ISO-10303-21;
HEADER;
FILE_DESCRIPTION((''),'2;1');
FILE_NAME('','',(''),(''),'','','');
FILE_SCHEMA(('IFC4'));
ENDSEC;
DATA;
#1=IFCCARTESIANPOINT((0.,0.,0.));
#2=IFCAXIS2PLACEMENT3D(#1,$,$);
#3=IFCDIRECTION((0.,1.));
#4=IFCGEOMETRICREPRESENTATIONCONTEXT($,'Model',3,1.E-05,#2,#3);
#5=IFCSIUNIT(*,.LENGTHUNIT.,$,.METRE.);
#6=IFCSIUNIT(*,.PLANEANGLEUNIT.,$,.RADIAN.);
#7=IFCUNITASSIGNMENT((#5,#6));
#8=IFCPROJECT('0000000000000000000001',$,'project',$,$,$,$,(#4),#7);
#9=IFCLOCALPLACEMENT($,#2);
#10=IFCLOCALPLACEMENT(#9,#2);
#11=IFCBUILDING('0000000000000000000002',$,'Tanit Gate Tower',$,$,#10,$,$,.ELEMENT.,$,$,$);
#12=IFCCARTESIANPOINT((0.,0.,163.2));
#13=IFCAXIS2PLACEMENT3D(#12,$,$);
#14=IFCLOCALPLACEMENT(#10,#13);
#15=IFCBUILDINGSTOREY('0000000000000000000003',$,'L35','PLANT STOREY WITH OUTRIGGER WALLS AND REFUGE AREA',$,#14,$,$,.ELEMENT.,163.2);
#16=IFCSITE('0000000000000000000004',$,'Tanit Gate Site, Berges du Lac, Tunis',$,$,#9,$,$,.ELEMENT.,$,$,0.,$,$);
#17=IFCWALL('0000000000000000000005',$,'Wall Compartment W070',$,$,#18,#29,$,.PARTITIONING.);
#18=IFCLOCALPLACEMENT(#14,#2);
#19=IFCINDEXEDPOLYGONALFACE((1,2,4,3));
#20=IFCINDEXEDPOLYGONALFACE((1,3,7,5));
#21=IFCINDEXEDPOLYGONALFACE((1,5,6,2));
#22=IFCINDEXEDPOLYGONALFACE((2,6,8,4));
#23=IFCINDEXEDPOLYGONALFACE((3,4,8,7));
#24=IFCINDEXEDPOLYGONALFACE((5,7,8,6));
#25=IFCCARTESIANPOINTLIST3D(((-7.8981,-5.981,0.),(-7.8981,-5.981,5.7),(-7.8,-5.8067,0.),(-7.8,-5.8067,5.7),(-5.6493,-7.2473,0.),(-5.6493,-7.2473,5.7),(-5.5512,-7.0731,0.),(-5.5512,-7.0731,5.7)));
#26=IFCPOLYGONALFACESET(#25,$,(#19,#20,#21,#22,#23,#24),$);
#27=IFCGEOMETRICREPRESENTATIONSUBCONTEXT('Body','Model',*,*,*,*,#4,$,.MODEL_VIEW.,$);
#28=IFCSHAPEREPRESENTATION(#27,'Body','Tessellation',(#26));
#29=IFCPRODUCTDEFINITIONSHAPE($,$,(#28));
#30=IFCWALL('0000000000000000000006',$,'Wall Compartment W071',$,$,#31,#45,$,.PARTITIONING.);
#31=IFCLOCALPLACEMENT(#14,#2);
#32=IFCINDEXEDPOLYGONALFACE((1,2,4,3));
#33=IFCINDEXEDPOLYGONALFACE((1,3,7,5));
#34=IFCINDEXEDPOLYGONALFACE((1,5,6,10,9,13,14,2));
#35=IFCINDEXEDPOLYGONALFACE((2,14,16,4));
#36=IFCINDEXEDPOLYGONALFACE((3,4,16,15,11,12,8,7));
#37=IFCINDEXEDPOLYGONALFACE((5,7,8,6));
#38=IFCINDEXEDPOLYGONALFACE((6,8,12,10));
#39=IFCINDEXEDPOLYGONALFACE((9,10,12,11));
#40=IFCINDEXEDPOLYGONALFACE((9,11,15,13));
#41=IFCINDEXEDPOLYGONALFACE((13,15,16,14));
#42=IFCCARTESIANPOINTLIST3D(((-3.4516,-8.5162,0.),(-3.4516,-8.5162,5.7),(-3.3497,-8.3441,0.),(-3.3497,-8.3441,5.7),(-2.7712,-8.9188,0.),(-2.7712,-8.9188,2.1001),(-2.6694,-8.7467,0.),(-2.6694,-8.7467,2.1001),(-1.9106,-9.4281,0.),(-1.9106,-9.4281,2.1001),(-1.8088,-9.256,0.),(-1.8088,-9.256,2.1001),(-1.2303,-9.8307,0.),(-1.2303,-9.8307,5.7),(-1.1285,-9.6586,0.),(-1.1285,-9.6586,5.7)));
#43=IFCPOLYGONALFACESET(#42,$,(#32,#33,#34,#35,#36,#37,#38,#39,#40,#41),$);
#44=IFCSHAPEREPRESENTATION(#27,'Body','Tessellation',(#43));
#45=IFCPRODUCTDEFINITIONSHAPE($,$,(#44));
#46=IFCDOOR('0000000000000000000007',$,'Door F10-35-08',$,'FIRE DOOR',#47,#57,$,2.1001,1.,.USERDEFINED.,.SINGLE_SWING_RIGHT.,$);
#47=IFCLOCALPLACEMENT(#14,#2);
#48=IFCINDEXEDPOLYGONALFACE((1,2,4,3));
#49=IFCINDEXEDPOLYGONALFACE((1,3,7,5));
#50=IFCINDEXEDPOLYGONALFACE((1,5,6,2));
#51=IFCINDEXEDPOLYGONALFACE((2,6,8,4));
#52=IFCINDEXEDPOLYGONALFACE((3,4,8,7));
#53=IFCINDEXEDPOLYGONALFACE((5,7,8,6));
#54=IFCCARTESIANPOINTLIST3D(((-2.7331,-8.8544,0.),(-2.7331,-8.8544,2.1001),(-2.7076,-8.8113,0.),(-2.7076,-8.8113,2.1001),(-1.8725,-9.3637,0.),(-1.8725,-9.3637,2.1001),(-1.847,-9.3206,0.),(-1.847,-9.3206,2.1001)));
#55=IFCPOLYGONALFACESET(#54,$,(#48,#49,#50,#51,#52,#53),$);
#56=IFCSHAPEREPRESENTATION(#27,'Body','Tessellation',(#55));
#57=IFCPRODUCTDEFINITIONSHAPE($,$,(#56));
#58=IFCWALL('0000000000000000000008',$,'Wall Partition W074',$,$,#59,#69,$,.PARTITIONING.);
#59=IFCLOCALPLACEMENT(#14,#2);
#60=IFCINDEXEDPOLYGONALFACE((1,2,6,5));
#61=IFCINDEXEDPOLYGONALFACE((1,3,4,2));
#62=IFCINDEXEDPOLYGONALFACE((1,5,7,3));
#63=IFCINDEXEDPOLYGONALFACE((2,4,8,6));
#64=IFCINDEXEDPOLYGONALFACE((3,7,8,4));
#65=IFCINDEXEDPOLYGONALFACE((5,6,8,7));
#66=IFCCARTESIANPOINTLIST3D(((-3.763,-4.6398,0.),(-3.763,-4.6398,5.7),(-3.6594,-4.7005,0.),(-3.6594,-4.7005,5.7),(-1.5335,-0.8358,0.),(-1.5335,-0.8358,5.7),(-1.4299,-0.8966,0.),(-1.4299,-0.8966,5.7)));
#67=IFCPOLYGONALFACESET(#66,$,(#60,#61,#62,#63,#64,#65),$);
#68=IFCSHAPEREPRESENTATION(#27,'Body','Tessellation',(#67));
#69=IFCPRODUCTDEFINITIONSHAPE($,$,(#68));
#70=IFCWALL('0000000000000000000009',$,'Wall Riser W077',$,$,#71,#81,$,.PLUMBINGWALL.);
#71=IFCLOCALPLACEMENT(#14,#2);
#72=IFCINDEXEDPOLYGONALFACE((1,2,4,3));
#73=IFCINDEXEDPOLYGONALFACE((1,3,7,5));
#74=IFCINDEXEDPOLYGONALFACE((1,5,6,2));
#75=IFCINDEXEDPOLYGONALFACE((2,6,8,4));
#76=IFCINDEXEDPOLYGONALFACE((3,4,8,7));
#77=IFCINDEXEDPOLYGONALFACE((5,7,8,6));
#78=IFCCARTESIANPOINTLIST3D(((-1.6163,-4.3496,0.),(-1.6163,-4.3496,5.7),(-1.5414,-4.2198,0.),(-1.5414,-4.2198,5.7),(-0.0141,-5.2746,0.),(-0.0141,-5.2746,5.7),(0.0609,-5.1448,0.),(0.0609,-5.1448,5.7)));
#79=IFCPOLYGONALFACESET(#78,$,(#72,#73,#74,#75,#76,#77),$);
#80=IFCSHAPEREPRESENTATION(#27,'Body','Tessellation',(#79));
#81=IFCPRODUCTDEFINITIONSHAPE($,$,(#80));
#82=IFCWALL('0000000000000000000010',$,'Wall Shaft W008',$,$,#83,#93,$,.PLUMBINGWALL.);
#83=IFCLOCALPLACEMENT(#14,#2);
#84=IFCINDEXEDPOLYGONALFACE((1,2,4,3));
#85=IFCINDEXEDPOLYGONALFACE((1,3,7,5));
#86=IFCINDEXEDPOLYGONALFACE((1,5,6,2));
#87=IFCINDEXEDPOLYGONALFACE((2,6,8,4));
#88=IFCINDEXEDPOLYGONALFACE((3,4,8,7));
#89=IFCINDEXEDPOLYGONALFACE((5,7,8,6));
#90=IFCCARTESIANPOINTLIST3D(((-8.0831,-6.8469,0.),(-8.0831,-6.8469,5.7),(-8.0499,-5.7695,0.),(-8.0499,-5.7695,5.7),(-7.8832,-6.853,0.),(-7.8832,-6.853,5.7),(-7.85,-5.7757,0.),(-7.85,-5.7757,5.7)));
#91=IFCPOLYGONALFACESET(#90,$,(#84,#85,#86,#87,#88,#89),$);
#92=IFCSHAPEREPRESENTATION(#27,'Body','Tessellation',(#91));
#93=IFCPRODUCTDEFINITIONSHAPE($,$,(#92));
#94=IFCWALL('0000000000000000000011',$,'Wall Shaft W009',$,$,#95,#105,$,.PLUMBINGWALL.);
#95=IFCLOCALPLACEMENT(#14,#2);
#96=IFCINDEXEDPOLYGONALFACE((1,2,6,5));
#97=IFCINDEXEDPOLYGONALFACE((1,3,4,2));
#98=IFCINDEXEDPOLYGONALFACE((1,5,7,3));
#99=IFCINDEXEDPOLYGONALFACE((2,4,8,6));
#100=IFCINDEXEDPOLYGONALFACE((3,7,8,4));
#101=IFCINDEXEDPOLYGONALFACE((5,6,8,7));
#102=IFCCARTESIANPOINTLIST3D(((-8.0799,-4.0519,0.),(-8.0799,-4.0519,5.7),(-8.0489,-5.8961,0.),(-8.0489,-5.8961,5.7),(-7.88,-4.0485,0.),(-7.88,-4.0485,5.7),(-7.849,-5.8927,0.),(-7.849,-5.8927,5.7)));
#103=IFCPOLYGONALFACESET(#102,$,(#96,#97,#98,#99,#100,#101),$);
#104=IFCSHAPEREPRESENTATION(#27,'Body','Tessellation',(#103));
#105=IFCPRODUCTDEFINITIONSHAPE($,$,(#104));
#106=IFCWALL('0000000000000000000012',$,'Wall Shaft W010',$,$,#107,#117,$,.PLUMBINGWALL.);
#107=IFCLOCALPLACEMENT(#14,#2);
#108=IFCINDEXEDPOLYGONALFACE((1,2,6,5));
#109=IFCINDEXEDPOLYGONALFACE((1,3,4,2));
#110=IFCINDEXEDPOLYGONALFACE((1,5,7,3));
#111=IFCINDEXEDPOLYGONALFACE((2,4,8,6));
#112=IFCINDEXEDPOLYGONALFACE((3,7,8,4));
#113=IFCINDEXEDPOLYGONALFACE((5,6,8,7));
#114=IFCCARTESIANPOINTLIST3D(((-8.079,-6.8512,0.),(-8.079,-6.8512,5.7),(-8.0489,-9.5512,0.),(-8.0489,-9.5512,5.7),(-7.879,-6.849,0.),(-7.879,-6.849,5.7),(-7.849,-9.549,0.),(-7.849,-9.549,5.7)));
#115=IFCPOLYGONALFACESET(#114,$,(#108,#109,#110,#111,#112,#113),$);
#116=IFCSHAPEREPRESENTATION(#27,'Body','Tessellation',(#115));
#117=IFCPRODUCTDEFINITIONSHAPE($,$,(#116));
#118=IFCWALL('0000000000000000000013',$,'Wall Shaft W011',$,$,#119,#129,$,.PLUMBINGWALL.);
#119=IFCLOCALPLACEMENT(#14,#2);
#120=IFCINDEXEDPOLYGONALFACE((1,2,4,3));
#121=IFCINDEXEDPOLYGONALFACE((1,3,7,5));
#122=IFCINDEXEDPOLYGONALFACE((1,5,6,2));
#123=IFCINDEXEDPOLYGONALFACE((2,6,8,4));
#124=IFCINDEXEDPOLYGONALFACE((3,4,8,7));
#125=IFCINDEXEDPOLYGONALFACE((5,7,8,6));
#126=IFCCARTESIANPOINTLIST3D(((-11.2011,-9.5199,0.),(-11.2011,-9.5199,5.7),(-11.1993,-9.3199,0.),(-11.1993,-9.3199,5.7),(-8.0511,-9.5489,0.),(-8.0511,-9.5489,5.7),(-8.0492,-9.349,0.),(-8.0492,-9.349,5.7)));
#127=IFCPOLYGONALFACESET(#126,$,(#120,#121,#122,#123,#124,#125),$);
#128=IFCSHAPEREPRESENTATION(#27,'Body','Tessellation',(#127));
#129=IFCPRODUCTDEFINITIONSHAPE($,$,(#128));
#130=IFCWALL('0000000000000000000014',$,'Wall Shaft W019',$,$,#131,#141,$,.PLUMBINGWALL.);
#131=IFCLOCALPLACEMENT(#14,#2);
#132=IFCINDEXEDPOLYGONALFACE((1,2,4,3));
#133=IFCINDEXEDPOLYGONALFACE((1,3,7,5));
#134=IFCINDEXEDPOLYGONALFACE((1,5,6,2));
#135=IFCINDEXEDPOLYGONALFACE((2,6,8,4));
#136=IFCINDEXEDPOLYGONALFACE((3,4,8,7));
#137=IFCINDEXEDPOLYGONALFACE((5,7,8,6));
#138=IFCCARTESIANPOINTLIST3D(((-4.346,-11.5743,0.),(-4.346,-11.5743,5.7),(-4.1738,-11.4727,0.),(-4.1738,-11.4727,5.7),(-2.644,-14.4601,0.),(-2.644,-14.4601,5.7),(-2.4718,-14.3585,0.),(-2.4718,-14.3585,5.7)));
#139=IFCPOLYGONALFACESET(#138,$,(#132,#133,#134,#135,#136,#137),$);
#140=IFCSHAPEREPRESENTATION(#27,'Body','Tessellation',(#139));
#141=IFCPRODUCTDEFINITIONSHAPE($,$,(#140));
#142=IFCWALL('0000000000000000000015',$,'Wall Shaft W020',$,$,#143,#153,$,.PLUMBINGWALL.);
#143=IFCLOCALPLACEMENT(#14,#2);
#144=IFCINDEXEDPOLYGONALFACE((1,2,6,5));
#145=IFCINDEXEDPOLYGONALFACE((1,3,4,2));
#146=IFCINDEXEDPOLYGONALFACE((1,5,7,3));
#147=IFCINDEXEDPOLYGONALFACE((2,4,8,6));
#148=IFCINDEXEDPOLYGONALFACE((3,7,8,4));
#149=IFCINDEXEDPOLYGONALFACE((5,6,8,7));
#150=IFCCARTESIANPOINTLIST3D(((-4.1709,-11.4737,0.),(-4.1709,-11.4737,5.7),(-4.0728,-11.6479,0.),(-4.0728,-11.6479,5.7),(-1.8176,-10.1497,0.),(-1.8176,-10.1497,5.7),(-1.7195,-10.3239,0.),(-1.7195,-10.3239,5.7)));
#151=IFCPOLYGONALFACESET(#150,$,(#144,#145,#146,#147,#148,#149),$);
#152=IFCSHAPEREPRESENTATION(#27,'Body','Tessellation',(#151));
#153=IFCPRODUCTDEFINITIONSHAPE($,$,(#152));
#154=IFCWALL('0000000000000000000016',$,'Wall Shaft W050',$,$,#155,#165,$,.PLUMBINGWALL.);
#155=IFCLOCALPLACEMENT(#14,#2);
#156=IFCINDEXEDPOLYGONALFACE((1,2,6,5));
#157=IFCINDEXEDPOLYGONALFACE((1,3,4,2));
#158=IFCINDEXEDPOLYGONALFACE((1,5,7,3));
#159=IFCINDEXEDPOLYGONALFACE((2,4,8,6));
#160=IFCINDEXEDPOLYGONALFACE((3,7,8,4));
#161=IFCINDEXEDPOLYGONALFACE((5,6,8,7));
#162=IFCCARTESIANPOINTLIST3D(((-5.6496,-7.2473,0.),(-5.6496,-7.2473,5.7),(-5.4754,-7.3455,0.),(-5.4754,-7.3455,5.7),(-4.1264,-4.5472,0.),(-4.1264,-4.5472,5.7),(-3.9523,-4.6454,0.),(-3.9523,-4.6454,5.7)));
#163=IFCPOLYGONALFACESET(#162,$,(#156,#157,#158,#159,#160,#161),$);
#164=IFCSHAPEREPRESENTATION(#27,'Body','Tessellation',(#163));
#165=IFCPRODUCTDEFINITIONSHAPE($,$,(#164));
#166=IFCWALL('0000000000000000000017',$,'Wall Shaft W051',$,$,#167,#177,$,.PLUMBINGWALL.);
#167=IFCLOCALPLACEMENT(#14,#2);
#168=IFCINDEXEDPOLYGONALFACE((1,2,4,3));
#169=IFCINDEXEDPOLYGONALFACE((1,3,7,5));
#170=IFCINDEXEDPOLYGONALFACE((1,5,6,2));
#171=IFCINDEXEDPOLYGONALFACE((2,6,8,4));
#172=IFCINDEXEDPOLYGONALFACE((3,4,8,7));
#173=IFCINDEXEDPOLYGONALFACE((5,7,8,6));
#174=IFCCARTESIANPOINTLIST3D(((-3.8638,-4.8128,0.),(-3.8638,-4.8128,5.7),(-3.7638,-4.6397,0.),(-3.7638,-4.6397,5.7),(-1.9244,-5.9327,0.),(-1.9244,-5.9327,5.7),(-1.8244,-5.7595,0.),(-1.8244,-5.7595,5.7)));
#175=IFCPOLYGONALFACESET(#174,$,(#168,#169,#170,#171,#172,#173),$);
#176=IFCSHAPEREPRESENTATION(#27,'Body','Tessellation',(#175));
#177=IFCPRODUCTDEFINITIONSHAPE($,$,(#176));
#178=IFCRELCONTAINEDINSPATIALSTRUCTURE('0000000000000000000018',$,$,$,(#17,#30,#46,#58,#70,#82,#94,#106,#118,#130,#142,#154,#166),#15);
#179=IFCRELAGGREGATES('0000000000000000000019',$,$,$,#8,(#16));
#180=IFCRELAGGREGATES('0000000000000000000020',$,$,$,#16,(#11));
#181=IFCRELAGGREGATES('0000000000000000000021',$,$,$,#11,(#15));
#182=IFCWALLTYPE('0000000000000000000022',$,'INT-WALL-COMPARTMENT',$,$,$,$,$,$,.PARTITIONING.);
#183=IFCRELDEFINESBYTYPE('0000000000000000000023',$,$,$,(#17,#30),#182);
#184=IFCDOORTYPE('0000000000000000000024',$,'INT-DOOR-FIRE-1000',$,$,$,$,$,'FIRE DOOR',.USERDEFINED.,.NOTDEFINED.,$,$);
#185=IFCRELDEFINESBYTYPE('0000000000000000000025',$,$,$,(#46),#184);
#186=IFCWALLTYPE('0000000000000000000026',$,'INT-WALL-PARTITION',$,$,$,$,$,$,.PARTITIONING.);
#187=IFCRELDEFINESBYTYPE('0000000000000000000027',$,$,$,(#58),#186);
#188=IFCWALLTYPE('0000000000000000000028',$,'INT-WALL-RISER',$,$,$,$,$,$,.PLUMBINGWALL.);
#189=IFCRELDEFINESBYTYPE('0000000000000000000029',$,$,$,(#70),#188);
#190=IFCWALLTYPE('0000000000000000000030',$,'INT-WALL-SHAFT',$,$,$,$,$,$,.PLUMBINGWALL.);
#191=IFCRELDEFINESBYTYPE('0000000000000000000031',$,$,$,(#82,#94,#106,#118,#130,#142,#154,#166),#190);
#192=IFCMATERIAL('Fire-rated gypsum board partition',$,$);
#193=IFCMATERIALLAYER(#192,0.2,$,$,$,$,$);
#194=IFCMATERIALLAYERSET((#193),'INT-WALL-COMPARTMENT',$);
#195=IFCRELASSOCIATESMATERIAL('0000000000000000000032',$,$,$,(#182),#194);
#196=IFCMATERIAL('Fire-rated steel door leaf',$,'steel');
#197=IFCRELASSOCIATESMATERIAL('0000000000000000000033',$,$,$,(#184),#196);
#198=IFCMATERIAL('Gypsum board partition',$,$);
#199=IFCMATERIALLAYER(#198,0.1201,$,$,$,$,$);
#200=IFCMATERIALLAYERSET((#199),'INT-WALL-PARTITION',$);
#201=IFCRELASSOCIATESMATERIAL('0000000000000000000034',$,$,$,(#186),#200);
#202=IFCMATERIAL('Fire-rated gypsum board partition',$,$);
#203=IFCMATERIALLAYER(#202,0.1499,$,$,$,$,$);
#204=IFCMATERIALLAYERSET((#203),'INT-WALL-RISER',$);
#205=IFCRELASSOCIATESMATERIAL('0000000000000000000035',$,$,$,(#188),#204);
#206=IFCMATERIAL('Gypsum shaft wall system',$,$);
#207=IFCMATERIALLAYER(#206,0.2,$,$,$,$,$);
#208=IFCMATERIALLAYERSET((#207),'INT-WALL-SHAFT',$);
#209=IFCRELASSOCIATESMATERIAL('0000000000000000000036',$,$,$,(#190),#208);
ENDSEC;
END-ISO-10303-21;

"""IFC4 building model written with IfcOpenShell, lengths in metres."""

from ifc_helpers import new_model, si_unit, direction, frame, frame_2d, origin, place, context, subcontext, project, spatial, rectangle, extrude, material, layer, layer_set, type_object, element, fill, save


model = new_model("IFC4")

# Units and contexts
model_context = context("Model", 3, precision=1e-05, world=origin(), true_north=direction((0.0, 1.0)))
body_context = subcontext(model_context, "Body", "Model", "MODEL_VIEW")
ifc_project = project(units=[si_unit("LENGTHUNIT", "METRE"), si_unit("PLANEANGLEUNIT", "RADIAN")], contexts=[model_context])

# Site, building, storey
site_placement = place(None, origin())
site = spatial("IfcSite", under=ifc_project, at=site_placement, Name="Tanit Gate Site, Berges du Lac, Tunis", CompositionType="ELEMENT", RefElevation=0.0)
building_placement = place(site_placement, origin())
building = spatial("IfcBuilding", under=site, at=building_placement, Name="Tanit Gate Tower", CompositionType="ELEMENT")
storey_placement = place(building_placement, frame((0.0, 0.0, 163.2)))
storey = spatial("IfcBuildingStorey", under=building, at=storey_placement, Name="L35", Description="PLANT STOREY WITH OUTRIGGER WALLS AND REFUGE AREA", CompositionType="ELEMENT", Elevation=163.2)

# Wall
ifc_material_1 = material(Name="Fire-rated gypsum board partition")
ifc_layer_1 = layer(ifc_material_1, 0.2)
ifc_layer_set_1 = layer_set([ifc_layer_1], Name="INT-WALL-COMPARTMENT")
wall_type_1 = type_object("IfcWallType", Name="INT-WALL-COMPARTMENT", PredefinedType="PARTITIONING", material=ifc_layer_set_1)
wall_1_placement = place(storey_placement, frame((-7.8491, -5.8938, 0.0), z_axis=(0.0, 0.0, 1.0), x_axis=(0.87134, -0.490679, 0.0)))
element("IfcWall", 1, at=wall_1_placement, inside=storey, type_object=wall_type_1, Name="Wall Compartment W070", PredefinedType="PARTITIONING", context=body_context, shape_type="SweptSolid", body=[
    extrude(rectangle(XDim=2.5808, YDim=0.2, at=frame_2d((1.2905, 0.0))), origin(), (0.0, 0.0, 1.0), 5.7),
])

# Wall, opening, door
wall_2_placement = place(storey_placement, frame((-3.4006, -8.4302, 0.0), z_axis=(0.0, 0.0, 1.0), x_axis=(0.860599, -0.509284, 0.0)))
wall_2 = element("IfcWall", 2, at=wall_2_placement, inside=storey, type_object=wall_type_1, Name="Wall Compartment W071", PredefinedType="PARTITIONING", context=body_context, shape_type="SweptSolid", body=[
    extrude(rectangle(XDim=2.5811, YDim=0.2, at=frame_2d((1.2905, 0.0))), origin(), (0.0, 0.0, 1.0), 5.7),
])
opening_1_placement = place(wall_2_placement, frame((0.7905, 0.0, 0.0)))
opening_1 = element("IfcOpeningElement", 3, at=opening_1_placement, cuts=wall_2, PredefinedType="OPENING", context=body_context, shape_type="SweptSolid", body=[
    extrude(rectangle(XDim=1.0, YDim=2.1001, at=frame_2d((0.5, 1.05))), frame((0.0, 0.1099, 0.0), z_axis=(0.0, -1.0, 0.0), x_axis=(1.0, 0.0, 0.0)), (0.0, 0.0, 1.0), 0.22),
])
ifc_material_2 = material(Name="Fire-rated steel door leaf", Category="steel")
door_type_1 = type_object("IfcDoorType", Name="INT-DOOR-FIRE-1000", ElementType="FIRE DOOR", OperationType="NOTDEFINED", PredefinedType="USERDEFINED", material=ifc_material_2)
door_1_placement = place(opening_1_placement, origin())
door_1 = element("IfcDoor", 4, at=door_1_placement, inside=storey, type_object=door_type_1, Name="Door F10-35-08", ObjectType="FIRE DOOR", OperationType="SINGLE_SWING_RIGHT", OverallHeight=2.1001, OverallWidth=1.0, PredefinedType="USERDEFINED", context=body_context, shape_type="SweptSolid", body=[
    extrude(rectangle(XDim=1.0, YDim=2.1001, at=frame_2d((0.5, 1.05))), frame((0.0, 0.0249, 0.0), z_axis=(0.0, -1.0, 0.0), x_axis=(1.0, 0.0, 0.0)), (0.0, 0.0, 1.0), 0.05),
])
fill(opening_1, door_1)

# Walls
ifc_material_3 = material(Name="Gypsum board partition")
ifc_layer_2 = layer(ifc_material_3, 0.1201)
ifc_layer_set_2 = layer_set([ifc_layer_2], Name="INT-WALL-PARTITION")
wall_type_2 = type_object("IfcWallType", Name="INT-WALL-PARTITION", PredefinedType="PARTITIONING", material=ifc_layer_set_2)
wall_3_placement = place(storey_placement, frame((-3.7112, -4.6702, 0.0), z_axis=(0.0, 0.0, 1.0), x_axis=(0.50565, 0.862739, 0.0)))
element("IfcWall", 5, at=wall_3_placement, inside=storey, type_object=wall_type_2, Name="Wall Partition W074", PredefinedType="PARTITIONING", context=body_context, shape_type="SweptSolid", body=[
    extrude(rectangle(XDim=4.4092, YDim=0.1201, at=frame_2d((2.2046, 0.0))), origin(), (0.0, 0.0, 1.0), 5.7),
])
ifc_material_4 = material(Name="Fire-rated gypsum board partition")
ifc_layer_3 = layer(ifc_material_4, 0.1499)
ifc_layer_set_3 = layer_set([ifc_layer_3], Name="INT-WALL-RISER")
wall_type_3 = type_object("IfcWallType", Name="INT-WALL-RISER", PredefinedType="PLUMBINGWALL", material=ifc_layer_set_3)
wall_4_placement = place(storey_placement, frame((-1.5789, -4.2847, 0.0), z_axis=(0.0, 0.0, 1.0), x_axis=(0.866034, -0.499985, 0.0)))
element("IfcWall", 6, at=wall_4_placement, inside=storey, type_object=wall_type_3, Name="Wall Riser W077", PredefinedType="PLUMBINGWALL", context=body_context, shape_type="SweptSolid", body=[
    extrude(rectangle(XDim=1.8501, YDim=0.1499, at=frame_2d((0.925, 0.0))), origin(), (0.0, 0.0, 1.0), 5.7),
])
ifc_material_5 = material(Name="Gypsum shaft wall system")
ifc_layer_4 = layer(ifc_material_5, 0.2)
ifc_layer_set_4 = layer_set([ifc_layer_4], Name="INT-WALL-SHAFT")
wall_type_4 = type_object("IfcWallType", Name="INT-WALL-SHAFT", PredefinedType="PLUMBINGWALL", material=ifc_layer_set_4)
wall_5_placement = place(storey_placement, frame((-7.95, -5.7725, 0.0), z_axis=(0.0, 0.0, 1.0), x_axis=(-0.030803, -0.999525, 0.0)))
element("IfcWall", 7, at=wall_5_placement, inside=storey, type_object=wall_type_4, Name="Wall Shaft W008", PredefinedType="PLUMBINGWALL", context=body_context, shape_type="SweptSolid", body=[
    extrude(rectangle(XDim=1.0779, YDim=0.2, at=frame_2d((0.5391, 0.0))), origin(), (0.0, 0.0, 1.0), 5.7),
])
wall_6_placement = place(storey_placement, frame((-7.98, -4.05, 0.0), z_axis=(0.0, 0.0, 1.0), x_axis=(0.01681, -0.999859, 0.0)))
element("IfcWall", 8, at=wall_6_placement, inside=storey, type_object=wall_type_4, Name="Wall Shaft W009", PredefinedType="PLUMBINGWALL", context=body_context, shape_type="SweptSolid", body=[
    extrude(rectangle(XDim=1.8445, YDim=0.2, at=frame_2d((0.9224, 0.0))), origin(), (0.0, 0.0, 1.0), 5.7),
])
wall_7_placement = place(storey_placement, frame((-7.979, -6.8501, 0.0), z_axis=(0.0, 0.0, 1.0), x_axis=(0.011121, -0.999938, 0.0)))
element("IfcWall", 9, at=wall_7_placement, inside=storey, type_object=wall_type_4, Name="Wall Shaft W010", PredefinedType="PLUMBINGWALL", context=body_context, shape_type="SweptSolid", body=[
    extrude(rectangle(XDim=2.7002, YDim=0.2, at=frame_2d((1.3501, 0.0))), origin(), (0.0, 0.0, 1.0), 5.7),
])
wall_8_placement = place(storey_placement, frame((-8.05, -9.449, 0.0), z_axis=(0.0, 0.0, 1.0), x_axis=(-0.999957, 0.009223, 0.0)))
element("IfcWall", 10, at=wall_8_placement, inside=storey, type_object=wall_type_4, Name="Wall Shaft W011", PredefinedType="PLUMBINGWALL", context=body_context, shape_type="SweptSolid", body=[
    extrude(rectangle(XDim=3.1501, YDim=0.2, at=frame_2d((1.5752, 0.0))), origin(), (0.0, 0.0, 1.0), 5.7),
])
wall_9_placement = place(storey_placement, frame((-2.5579, -14.4094, 0.0), z_axis=(0.0, 0.0, 1.0), x_axis=(-0.507997, 0.861359, 0.0)))
element("IfcWall", 11, at=wall_9_placement, inside=storey, type_object=wall_type_4, Name="Wall Shaft W019", PredefinedType="PLUMBINGWALL", context=body_context, shape_type="SweptSolid", body=[
    extrude(rectangle(XDim=3.3503, YDim=0.2, at=frame_2d((1.6753, 0.0))), origin(), (0.0, 0.0, 1.0), 5.7),
])
wall_10_placement = place(storey_placement, frame((-1.7686, -10.2368, 0.0), z_axis=(0.0, 0.0, 1.0), x_axis=(-0.871534, -0.490334, 0.0)))
element("IfcWall", 12, at=wall_10_placement, inside=storey, type_object=wall_type_4, Name="Wall Shaft W020", PredefinedType="PLUMBINGWALL", context=body_context, shape_type="SweptSolid", body=[
    extrude(rectangle(XDim=2.7002, YDim=0.2, at=frame_2d((1.3501, 0.0))), origin(), (0.0, 0.0, 1.0), 5.7),
])

# Walls
wall_11_placement = place(storey_placement, frame((-5.5625, -7.2964, 0.0), z_axis=(0.0, 0.0, 1.0), x_axis=(0.491323, 0.870978, 0.0)))
element("IfcWall", 13, at=wall_11_placement, inside=storey, type_object=wall_type_4, Name="Wall Shaft W050", PredefinedType="PLUMBINGWALL", context=body_context, shape_type="SweptSolid", body=[
    extrude(rectangle(XDim=3.1001, YDim=0.2, at=frame_2d((1.55, 0.0))), origin(), (0.0, 0.0, 1.0), 5.7),
])
wall_12_placement = place(storey_placement, frame((-3.8137, -4.7263, 0.0), z_axis=(0.0, 0.0, 1.0), x_axis=(0.866, -0.500043, 0.0)))
element("IfcWall", 14, at=wall_12_placement, inside=storey, type_object=wall_type_4, Name="Wall Shaft W051", PredefinedType="PLUMBINGWALL", context=body_context, shape_type="SweptSolid", body=[
    extrude(rectangle(XDim=2.2395, YDim=0.2, at=frame_2d((1.1196, 0.0))), origin(), (0.0, 0.0, 1.0), 5.7),
])

save(model, "model.ifc")
